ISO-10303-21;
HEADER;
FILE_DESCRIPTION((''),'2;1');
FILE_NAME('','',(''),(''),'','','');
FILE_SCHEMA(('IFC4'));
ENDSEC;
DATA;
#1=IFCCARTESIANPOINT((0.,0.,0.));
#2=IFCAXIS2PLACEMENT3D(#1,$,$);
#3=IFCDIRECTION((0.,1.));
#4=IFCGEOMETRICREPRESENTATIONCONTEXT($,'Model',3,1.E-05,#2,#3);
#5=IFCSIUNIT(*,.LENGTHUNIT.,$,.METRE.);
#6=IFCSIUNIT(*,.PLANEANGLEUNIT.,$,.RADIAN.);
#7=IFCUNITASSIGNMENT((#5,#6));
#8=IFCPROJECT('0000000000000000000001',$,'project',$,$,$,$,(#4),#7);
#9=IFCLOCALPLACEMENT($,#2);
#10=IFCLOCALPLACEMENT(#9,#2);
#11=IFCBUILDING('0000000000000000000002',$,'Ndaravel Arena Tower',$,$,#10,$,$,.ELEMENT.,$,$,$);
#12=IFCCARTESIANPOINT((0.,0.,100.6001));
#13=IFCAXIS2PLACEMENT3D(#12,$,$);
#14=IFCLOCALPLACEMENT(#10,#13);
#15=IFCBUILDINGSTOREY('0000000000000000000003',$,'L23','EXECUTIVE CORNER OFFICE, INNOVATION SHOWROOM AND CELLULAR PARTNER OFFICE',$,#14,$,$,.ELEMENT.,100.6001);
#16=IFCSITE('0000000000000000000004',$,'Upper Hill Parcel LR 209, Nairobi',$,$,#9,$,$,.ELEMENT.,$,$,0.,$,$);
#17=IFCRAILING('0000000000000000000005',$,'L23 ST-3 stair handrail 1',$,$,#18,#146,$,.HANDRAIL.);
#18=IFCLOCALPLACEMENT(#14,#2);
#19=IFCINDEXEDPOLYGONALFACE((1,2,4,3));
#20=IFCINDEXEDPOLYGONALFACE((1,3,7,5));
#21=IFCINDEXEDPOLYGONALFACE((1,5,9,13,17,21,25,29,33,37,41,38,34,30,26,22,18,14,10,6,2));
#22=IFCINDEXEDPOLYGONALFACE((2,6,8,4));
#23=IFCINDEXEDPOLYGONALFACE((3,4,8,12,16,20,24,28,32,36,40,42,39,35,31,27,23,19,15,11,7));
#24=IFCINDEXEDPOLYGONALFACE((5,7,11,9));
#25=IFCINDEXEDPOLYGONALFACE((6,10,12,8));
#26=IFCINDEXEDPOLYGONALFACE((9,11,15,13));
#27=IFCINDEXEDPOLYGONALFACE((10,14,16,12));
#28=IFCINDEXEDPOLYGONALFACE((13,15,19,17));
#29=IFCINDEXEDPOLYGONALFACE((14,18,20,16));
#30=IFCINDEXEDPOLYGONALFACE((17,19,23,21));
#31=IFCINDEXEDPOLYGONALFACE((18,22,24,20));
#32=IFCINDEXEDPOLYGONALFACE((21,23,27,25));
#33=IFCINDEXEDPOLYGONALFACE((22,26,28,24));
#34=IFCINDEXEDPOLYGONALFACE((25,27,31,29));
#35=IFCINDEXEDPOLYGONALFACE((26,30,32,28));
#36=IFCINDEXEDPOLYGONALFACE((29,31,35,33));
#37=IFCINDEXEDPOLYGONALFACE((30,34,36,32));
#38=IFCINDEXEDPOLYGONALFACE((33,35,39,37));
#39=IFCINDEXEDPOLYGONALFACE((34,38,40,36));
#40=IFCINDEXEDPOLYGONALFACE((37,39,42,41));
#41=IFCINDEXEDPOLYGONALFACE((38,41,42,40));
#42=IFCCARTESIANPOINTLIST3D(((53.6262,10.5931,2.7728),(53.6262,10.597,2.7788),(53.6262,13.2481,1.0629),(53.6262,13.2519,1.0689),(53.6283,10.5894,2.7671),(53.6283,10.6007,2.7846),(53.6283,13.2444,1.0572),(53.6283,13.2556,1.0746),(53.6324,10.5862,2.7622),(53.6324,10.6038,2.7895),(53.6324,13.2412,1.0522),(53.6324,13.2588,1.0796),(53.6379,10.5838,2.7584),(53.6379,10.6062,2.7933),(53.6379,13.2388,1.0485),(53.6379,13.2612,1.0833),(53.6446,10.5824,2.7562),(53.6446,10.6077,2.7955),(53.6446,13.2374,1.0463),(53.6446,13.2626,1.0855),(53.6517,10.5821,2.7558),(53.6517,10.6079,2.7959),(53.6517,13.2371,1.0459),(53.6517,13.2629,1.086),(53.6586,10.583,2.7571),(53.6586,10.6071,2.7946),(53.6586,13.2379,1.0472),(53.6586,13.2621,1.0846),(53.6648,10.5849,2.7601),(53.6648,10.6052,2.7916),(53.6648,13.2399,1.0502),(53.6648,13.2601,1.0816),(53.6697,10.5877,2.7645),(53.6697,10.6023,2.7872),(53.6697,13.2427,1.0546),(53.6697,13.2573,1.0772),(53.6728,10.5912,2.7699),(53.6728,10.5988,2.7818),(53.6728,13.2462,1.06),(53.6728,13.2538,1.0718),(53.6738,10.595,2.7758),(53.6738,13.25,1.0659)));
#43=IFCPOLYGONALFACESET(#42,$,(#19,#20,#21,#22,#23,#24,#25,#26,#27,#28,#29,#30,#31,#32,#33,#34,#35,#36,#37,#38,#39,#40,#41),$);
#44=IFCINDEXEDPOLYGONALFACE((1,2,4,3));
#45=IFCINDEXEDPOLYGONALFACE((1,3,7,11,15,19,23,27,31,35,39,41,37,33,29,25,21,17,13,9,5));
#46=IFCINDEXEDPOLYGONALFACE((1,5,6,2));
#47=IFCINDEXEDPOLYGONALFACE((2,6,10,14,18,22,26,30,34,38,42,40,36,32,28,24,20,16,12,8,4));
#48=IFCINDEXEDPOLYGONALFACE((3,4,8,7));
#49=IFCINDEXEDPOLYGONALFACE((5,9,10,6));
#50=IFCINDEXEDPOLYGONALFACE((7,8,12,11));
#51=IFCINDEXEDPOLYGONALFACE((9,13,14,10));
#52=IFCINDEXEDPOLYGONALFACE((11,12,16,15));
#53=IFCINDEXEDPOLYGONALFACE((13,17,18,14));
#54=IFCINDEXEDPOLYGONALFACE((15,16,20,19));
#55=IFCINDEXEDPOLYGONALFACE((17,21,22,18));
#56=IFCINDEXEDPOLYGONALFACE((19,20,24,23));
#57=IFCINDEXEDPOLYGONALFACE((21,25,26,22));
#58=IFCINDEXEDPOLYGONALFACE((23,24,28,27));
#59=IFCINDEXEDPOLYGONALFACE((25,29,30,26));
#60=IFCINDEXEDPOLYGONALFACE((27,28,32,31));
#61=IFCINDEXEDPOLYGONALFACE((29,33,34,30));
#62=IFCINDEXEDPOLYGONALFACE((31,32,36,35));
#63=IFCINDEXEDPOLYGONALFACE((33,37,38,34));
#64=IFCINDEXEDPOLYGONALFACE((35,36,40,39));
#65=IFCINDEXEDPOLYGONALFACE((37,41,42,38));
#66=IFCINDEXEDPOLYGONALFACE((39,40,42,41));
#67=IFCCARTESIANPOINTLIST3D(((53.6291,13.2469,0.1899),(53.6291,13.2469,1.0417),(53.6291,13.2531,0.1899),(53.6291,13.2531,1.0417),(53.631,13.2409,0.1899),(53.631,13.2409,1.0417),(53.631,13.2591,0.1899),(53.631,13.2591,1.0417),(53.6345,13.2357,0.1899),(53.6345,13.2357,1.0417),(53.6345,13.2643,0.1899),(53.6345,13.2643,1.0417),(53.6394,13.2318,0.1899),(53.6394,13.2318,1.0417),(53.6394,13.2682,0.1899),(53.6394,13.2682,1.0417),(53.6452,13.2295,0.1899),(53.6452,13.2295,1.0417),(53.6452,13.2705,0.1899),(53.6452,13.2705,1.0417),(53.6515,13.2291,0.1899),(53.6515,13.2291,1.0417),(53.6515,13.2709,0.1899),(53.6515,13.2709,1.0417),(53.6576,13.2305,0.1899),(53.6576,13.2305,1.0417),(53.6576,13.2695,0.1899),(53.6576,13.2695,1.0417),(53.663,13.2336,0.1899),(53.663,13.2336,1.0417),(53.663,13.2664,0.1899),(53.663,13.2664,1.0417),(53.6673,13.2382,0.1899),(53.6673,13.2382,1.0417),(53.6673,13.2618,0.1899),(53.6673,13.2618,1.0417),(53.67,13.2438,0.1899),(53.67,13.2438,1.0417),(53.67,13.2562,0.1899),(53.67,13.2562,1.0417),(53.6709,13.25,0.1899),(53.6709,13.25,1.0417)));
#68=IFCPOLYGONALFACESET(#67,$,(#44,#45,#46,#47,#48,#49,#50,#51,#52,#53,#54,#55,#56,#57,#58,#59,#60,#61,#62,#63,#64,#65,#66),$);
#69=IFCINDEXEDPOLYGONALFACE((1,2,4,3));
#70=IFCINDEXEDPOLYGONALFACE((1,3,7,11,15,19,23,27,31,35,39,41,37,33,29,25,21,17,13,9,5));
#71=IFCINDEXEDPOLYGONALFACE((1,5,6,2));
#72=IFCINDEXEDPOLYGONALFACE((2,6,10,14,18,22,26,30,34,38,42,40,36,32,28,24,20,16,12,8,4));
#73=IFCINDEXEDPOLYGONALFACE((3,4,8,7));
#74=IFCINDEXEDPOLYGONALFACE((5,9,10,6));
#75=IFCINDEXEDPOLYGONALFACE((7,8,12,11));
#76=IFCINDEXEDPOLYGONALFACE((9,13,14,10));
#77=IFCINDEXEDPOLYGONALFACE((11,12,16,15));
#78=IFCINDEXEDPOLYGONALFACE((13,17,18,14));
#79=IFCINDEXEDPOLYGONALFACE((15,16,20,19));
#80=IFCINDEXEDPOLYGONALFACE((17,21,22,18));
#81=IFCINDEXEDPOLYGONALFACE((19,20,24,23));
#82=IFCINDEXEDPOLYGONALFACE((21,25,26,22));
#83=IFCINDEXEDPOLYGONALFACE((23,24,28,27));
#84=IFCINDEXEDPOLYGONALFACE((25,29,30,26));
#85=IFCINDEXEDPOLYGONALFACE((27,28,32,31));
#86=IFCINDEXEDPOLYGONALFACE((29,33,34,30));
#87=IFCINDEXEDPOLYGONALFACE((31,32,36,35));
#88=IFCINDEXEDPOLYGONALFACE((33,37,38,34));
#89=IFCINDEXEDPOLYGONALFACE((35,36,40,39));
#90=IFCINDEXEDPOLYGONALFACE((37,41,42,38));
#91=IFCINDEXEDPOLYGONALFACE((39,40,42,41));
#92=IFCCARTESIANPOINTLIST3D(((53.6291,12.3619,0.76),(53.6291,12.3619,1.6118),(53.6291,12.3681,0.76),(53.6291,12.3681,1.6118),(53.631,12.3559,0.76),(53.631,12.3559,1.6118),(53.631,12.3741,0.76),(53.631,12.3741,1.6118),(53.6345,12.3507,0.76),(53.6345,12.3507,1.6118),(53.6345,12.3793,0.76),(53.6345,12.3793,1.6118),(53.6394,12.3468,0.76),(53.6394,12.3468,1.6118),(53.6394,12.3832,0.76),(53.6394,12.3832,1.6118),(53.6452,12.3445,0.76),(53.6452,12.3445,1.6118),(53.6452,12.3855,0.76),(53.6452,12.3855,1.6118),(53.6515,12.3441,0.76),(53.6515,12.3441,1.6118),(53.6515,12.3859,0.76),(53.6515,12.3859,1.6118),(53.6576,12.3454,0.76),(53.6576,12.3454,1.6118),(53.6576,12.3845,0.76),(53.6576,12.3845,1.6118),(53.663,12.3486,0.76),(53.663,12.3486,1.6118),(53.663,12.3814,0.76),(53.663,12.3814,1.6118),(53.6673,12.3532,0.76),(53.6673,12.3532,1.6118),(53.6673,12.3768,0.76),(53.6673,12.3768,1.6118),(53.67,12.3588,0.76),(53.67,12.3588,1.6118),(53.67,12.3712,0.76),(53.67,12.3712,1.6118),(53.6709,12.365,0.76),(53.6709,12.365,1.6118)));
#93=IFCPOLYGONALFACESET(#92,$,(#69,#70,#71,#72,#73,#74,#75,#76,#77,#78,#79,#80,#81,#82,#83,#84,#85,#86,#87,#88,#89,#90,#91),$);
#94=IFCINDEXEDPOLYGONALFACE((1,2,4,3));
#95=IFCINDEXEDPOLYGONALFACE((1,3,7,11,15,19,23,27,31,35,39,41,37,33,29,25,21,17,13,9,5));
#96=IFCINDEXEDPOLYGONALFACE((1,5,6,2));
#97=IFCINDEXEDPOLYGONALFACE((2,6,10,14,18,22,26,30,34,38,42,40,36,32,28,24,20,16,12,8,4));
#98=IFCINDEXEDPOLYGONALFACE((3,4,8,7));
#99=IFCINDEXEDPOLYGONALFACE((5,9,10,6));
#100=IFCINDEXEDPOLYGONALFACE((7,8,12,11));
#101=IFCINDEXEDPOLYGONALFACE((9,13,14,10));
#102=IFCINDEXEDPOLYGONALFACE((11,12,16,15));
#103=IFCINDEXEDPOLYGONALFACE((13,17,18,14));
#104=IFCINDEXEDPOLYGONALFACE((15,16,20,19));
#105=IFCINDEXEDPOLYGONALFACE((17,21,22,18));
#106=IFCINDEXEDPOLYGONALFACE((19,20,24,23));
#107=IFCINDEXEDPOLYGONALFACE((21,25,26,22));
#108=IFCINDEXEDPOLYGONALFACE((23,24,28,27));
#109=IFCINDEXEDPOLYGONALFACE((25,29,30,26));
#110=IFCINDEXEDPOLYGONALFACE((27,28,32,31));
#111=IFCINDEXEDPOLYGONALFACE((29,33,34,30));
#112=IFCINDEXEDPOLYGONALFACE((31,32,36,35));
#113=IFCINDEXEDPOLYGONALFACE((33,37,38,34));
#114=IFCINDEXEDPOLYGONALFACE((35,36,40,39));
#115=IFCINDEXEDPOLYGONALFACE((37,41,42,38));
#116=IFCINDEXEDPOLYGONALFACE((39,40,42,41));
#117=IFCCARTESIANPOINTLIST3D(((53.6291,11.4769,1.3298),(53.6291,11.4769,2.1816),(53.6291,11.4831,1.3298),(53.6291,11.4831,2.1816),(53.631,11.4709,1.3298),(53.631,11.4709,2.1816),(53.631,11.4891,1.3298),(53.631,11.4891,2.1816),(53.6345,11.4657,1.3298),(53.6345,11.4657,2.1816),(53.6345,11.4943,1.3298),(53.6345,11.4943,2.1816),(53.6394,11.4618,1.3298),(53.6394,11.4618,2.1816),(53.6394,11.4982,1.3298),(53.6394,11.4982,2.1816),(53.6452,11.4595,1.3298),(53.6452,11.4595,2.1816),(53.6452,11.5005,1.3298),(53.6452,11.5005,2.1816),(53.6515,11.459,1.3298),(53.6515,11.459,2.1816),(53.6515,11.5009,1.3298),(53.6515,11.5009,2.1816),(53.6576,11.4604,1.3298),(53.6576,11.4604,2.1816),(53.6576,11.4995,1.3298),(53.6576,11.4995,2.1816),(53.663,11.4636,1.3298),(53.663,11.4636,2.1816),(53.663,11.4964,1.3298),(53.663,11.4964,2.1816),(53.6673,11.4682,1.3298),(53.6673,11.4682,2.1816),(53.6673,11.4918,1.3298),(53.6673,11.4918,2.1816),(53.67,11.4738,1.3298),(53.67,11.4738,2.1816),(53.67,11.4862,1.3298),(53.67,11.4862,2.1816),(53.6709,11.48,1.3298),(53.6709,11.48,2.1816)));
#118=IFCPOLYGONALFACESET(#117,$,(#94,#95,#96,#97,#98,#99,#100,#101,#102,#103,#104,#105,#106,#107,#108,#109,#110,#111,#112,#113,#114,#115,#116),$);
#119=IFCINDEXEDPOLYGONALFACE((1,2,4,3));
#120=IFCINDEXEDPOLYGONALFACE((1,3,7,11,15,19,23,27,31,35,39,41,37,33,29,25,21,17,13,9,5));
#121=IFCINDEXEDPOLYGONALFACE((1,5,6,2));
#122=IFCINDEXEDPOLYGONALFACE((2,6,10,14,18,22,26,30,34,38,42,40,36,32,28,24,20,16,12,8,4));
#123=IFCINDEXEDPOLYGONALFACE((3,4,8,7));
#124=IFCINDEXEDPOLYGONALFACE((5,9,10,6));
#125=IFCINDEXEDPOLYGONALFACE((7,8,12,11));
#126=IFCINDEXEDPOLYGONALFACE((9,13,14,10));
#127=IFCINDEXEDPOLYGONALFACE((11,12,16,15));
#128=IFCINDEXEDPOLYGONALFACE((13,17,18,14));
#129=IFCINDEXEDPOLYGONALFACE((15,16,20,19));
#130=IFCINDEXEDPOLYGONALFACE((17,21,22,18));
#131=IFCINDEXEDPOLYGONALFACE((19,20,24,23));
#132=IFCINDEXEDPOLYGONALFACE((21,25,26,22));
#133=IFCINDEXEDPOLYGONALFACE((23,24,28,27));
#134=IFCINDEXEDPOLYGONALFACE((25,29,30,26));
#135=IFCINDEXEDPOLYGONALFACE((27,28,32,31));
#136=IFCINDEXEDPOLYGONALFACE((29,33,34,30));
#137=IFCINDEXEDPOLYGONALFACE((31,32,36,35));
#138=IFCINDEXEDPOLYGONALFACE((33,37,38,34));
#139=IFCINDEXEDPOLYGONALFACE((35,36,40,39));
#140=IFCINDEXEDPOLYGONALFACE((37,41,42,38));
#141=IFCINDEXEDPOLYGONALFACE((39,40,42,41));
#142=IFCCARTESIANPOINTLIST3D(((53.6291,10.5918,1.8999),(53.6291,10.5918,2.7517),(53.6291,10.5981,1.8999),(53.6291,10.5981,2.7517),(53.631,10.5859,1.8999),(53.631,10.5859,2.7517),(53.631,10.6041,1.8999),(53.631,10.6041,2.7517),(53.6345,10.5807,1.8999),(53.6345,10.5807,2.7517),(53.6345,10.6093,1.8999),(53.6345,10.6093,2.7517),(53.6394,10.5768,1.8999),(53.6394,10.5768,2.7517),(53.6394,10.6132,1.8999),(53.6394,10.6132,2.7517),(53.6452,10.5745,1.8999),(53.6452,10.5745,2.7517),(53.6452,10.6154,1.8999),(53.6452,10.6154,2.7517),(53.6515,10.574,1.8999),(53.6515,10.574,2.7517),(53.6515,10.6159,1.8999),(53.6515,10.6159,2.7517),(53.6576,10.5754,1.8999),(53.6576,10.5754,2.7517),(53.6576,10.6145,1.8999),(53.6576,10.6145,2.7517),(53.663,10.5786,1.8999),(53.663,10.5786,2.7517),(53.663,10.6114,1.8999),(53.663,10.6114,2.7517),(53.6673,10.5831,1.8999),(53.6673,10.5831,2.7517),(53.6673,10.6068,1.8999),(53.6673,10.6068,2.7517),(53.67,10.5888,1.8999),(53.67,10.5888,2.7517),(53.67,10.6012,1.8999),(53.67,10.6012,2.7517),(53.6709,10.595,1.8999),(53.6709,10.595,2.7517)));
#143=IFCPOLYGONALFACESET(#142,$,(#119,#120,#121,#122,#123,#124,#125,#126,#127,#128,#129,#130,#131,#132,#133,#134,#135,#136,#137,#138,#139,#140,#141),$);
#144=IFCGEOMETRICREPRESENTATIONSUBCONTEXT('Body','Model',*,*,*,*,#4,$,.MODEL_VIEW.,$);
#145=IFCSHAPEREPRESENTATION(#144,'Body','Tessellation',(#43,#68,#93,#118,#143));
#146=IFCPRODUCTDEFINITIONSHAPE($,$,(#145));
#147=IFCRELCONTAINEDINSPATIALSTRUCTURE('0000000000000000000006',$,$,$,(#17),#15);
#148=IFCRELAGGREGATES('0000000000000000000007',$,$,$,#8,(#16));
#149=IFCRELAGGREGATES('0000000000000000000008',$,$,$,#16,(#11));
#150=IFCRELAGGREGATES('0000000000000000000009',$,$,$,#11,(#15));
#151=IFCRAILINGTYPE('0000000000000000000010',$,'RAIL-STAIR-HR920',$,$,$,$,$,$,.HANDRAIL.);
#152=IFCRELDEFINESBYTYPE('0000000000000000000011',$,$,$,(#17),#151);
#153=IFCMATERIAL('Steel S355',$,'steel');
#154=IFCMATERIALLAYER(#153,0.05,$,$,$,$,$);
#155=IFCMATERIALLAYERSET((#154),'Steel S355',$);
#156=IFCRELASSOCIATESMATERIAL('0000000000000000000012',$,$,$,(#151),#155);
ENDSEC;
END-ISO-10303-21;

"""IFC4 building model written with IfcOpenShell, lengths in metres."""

from ifc_helpers import new_model, si_unit, direction, frame, origin, origin_2d, place, context, subcontext, project, spatial, circle, extrude, material, layer, layer_set, type_object, element, save


model = new_model("IFC4")

# Units and contexts
model_context = context("Model", 3, precision=1e-05, world=origin(), true_north=direction((0.0, 1.0)))
body_context = subcontext(model_context, "Body", "Model", "MODEL_VIEW")
ifc_project = project(units=[si_unit("LENGTHUNIT", "METRE"), si_unit("PLANEANGLEUNIT", "RADIAN")], contexts=[model_context])

# Site, building, storey
site_placement = place(None, origin())
site = spatial("IfcSite", under=ifc_project, at=site_placement, Name="Upper Hill Parcel LR 209, Nairobi", CompositionType="ELEMENT", RefElevation=0.0)
building_placement = place(site_placement, origin())
building = spatial("IfcBuilding", under=site, at=building_placement, Name="Ndaravel Arena Tower", CompositionType="ELEMENT")
storey_placement = place(building_placement, frame((0.0, 0.0, 100.6001)))
storey = spatial("IfcBuildingStorey", under=building, at=storey_placement, Name="L23", Description="EXECUTIVE CORNER OFFICE, INNOVATION SHOWROOM AND CELLULAR PARTNER OFFICE", CompositionType="ELEMENT", Elevation=100.6001)

# Railing
ifc_material_1 = material(Name="Steel S355", Category="steel")
ifc_layer_1 = layer(ifc_material_1, 0.05)
ifc_layer_set_1 = layer_set([ifc_layer_1], Name="Steel S355")
railing_type_1 = type_object("IfcRailingType", Name="RAIL-STAIR-HR920", PredefinedType="HANDRAIL", material=ifc_layer_set_1)
railing_1_placement = place(storey_placement, frame((53.6499, 13.25, 0.1899)))
element("IfcRailing", 1, at=railing_1_placement, inside=storey, type_object=railing_type_1, Name="L23 ST-3 stair handrail 1", PredefinedType="HANDRAIL", context=body_context, shape_type="SweptSolid", body=[
    extrude(circle(Radius=0.0239, at=origin_2d()), frame((0.0, 0.0, 0.876), z_axis=(0.0, -0.840724, 0.541465), x_axis=(1.0, 0.0, 0.0)), (0.0, 0.0, 1.0), 3.158),
    extrude(circle(Radius=0.021, at=origin_2d()), origin(), (0.0, 0.0, 1.0), 0.8518),
    extrude(circle(Radius=0.021, at=origin_2d()), frame((0.0, -0.885, 0.5701)), (0.0, 0.0, 1.0), 0.8518),
    extrude(circle(Radius=0.021, at=origin_2d()), frame((0.0, -1.77, 1.1399)), (0.0, 0.0, 1.0), 0.8518),
    extrude(circle(Radius=0.021, at=origin_2d()), frame((0.0, -2.655, 1.71)), (0.0, 0.0, 1.0), 0.8518),
])

save(model, "model.ifc")
